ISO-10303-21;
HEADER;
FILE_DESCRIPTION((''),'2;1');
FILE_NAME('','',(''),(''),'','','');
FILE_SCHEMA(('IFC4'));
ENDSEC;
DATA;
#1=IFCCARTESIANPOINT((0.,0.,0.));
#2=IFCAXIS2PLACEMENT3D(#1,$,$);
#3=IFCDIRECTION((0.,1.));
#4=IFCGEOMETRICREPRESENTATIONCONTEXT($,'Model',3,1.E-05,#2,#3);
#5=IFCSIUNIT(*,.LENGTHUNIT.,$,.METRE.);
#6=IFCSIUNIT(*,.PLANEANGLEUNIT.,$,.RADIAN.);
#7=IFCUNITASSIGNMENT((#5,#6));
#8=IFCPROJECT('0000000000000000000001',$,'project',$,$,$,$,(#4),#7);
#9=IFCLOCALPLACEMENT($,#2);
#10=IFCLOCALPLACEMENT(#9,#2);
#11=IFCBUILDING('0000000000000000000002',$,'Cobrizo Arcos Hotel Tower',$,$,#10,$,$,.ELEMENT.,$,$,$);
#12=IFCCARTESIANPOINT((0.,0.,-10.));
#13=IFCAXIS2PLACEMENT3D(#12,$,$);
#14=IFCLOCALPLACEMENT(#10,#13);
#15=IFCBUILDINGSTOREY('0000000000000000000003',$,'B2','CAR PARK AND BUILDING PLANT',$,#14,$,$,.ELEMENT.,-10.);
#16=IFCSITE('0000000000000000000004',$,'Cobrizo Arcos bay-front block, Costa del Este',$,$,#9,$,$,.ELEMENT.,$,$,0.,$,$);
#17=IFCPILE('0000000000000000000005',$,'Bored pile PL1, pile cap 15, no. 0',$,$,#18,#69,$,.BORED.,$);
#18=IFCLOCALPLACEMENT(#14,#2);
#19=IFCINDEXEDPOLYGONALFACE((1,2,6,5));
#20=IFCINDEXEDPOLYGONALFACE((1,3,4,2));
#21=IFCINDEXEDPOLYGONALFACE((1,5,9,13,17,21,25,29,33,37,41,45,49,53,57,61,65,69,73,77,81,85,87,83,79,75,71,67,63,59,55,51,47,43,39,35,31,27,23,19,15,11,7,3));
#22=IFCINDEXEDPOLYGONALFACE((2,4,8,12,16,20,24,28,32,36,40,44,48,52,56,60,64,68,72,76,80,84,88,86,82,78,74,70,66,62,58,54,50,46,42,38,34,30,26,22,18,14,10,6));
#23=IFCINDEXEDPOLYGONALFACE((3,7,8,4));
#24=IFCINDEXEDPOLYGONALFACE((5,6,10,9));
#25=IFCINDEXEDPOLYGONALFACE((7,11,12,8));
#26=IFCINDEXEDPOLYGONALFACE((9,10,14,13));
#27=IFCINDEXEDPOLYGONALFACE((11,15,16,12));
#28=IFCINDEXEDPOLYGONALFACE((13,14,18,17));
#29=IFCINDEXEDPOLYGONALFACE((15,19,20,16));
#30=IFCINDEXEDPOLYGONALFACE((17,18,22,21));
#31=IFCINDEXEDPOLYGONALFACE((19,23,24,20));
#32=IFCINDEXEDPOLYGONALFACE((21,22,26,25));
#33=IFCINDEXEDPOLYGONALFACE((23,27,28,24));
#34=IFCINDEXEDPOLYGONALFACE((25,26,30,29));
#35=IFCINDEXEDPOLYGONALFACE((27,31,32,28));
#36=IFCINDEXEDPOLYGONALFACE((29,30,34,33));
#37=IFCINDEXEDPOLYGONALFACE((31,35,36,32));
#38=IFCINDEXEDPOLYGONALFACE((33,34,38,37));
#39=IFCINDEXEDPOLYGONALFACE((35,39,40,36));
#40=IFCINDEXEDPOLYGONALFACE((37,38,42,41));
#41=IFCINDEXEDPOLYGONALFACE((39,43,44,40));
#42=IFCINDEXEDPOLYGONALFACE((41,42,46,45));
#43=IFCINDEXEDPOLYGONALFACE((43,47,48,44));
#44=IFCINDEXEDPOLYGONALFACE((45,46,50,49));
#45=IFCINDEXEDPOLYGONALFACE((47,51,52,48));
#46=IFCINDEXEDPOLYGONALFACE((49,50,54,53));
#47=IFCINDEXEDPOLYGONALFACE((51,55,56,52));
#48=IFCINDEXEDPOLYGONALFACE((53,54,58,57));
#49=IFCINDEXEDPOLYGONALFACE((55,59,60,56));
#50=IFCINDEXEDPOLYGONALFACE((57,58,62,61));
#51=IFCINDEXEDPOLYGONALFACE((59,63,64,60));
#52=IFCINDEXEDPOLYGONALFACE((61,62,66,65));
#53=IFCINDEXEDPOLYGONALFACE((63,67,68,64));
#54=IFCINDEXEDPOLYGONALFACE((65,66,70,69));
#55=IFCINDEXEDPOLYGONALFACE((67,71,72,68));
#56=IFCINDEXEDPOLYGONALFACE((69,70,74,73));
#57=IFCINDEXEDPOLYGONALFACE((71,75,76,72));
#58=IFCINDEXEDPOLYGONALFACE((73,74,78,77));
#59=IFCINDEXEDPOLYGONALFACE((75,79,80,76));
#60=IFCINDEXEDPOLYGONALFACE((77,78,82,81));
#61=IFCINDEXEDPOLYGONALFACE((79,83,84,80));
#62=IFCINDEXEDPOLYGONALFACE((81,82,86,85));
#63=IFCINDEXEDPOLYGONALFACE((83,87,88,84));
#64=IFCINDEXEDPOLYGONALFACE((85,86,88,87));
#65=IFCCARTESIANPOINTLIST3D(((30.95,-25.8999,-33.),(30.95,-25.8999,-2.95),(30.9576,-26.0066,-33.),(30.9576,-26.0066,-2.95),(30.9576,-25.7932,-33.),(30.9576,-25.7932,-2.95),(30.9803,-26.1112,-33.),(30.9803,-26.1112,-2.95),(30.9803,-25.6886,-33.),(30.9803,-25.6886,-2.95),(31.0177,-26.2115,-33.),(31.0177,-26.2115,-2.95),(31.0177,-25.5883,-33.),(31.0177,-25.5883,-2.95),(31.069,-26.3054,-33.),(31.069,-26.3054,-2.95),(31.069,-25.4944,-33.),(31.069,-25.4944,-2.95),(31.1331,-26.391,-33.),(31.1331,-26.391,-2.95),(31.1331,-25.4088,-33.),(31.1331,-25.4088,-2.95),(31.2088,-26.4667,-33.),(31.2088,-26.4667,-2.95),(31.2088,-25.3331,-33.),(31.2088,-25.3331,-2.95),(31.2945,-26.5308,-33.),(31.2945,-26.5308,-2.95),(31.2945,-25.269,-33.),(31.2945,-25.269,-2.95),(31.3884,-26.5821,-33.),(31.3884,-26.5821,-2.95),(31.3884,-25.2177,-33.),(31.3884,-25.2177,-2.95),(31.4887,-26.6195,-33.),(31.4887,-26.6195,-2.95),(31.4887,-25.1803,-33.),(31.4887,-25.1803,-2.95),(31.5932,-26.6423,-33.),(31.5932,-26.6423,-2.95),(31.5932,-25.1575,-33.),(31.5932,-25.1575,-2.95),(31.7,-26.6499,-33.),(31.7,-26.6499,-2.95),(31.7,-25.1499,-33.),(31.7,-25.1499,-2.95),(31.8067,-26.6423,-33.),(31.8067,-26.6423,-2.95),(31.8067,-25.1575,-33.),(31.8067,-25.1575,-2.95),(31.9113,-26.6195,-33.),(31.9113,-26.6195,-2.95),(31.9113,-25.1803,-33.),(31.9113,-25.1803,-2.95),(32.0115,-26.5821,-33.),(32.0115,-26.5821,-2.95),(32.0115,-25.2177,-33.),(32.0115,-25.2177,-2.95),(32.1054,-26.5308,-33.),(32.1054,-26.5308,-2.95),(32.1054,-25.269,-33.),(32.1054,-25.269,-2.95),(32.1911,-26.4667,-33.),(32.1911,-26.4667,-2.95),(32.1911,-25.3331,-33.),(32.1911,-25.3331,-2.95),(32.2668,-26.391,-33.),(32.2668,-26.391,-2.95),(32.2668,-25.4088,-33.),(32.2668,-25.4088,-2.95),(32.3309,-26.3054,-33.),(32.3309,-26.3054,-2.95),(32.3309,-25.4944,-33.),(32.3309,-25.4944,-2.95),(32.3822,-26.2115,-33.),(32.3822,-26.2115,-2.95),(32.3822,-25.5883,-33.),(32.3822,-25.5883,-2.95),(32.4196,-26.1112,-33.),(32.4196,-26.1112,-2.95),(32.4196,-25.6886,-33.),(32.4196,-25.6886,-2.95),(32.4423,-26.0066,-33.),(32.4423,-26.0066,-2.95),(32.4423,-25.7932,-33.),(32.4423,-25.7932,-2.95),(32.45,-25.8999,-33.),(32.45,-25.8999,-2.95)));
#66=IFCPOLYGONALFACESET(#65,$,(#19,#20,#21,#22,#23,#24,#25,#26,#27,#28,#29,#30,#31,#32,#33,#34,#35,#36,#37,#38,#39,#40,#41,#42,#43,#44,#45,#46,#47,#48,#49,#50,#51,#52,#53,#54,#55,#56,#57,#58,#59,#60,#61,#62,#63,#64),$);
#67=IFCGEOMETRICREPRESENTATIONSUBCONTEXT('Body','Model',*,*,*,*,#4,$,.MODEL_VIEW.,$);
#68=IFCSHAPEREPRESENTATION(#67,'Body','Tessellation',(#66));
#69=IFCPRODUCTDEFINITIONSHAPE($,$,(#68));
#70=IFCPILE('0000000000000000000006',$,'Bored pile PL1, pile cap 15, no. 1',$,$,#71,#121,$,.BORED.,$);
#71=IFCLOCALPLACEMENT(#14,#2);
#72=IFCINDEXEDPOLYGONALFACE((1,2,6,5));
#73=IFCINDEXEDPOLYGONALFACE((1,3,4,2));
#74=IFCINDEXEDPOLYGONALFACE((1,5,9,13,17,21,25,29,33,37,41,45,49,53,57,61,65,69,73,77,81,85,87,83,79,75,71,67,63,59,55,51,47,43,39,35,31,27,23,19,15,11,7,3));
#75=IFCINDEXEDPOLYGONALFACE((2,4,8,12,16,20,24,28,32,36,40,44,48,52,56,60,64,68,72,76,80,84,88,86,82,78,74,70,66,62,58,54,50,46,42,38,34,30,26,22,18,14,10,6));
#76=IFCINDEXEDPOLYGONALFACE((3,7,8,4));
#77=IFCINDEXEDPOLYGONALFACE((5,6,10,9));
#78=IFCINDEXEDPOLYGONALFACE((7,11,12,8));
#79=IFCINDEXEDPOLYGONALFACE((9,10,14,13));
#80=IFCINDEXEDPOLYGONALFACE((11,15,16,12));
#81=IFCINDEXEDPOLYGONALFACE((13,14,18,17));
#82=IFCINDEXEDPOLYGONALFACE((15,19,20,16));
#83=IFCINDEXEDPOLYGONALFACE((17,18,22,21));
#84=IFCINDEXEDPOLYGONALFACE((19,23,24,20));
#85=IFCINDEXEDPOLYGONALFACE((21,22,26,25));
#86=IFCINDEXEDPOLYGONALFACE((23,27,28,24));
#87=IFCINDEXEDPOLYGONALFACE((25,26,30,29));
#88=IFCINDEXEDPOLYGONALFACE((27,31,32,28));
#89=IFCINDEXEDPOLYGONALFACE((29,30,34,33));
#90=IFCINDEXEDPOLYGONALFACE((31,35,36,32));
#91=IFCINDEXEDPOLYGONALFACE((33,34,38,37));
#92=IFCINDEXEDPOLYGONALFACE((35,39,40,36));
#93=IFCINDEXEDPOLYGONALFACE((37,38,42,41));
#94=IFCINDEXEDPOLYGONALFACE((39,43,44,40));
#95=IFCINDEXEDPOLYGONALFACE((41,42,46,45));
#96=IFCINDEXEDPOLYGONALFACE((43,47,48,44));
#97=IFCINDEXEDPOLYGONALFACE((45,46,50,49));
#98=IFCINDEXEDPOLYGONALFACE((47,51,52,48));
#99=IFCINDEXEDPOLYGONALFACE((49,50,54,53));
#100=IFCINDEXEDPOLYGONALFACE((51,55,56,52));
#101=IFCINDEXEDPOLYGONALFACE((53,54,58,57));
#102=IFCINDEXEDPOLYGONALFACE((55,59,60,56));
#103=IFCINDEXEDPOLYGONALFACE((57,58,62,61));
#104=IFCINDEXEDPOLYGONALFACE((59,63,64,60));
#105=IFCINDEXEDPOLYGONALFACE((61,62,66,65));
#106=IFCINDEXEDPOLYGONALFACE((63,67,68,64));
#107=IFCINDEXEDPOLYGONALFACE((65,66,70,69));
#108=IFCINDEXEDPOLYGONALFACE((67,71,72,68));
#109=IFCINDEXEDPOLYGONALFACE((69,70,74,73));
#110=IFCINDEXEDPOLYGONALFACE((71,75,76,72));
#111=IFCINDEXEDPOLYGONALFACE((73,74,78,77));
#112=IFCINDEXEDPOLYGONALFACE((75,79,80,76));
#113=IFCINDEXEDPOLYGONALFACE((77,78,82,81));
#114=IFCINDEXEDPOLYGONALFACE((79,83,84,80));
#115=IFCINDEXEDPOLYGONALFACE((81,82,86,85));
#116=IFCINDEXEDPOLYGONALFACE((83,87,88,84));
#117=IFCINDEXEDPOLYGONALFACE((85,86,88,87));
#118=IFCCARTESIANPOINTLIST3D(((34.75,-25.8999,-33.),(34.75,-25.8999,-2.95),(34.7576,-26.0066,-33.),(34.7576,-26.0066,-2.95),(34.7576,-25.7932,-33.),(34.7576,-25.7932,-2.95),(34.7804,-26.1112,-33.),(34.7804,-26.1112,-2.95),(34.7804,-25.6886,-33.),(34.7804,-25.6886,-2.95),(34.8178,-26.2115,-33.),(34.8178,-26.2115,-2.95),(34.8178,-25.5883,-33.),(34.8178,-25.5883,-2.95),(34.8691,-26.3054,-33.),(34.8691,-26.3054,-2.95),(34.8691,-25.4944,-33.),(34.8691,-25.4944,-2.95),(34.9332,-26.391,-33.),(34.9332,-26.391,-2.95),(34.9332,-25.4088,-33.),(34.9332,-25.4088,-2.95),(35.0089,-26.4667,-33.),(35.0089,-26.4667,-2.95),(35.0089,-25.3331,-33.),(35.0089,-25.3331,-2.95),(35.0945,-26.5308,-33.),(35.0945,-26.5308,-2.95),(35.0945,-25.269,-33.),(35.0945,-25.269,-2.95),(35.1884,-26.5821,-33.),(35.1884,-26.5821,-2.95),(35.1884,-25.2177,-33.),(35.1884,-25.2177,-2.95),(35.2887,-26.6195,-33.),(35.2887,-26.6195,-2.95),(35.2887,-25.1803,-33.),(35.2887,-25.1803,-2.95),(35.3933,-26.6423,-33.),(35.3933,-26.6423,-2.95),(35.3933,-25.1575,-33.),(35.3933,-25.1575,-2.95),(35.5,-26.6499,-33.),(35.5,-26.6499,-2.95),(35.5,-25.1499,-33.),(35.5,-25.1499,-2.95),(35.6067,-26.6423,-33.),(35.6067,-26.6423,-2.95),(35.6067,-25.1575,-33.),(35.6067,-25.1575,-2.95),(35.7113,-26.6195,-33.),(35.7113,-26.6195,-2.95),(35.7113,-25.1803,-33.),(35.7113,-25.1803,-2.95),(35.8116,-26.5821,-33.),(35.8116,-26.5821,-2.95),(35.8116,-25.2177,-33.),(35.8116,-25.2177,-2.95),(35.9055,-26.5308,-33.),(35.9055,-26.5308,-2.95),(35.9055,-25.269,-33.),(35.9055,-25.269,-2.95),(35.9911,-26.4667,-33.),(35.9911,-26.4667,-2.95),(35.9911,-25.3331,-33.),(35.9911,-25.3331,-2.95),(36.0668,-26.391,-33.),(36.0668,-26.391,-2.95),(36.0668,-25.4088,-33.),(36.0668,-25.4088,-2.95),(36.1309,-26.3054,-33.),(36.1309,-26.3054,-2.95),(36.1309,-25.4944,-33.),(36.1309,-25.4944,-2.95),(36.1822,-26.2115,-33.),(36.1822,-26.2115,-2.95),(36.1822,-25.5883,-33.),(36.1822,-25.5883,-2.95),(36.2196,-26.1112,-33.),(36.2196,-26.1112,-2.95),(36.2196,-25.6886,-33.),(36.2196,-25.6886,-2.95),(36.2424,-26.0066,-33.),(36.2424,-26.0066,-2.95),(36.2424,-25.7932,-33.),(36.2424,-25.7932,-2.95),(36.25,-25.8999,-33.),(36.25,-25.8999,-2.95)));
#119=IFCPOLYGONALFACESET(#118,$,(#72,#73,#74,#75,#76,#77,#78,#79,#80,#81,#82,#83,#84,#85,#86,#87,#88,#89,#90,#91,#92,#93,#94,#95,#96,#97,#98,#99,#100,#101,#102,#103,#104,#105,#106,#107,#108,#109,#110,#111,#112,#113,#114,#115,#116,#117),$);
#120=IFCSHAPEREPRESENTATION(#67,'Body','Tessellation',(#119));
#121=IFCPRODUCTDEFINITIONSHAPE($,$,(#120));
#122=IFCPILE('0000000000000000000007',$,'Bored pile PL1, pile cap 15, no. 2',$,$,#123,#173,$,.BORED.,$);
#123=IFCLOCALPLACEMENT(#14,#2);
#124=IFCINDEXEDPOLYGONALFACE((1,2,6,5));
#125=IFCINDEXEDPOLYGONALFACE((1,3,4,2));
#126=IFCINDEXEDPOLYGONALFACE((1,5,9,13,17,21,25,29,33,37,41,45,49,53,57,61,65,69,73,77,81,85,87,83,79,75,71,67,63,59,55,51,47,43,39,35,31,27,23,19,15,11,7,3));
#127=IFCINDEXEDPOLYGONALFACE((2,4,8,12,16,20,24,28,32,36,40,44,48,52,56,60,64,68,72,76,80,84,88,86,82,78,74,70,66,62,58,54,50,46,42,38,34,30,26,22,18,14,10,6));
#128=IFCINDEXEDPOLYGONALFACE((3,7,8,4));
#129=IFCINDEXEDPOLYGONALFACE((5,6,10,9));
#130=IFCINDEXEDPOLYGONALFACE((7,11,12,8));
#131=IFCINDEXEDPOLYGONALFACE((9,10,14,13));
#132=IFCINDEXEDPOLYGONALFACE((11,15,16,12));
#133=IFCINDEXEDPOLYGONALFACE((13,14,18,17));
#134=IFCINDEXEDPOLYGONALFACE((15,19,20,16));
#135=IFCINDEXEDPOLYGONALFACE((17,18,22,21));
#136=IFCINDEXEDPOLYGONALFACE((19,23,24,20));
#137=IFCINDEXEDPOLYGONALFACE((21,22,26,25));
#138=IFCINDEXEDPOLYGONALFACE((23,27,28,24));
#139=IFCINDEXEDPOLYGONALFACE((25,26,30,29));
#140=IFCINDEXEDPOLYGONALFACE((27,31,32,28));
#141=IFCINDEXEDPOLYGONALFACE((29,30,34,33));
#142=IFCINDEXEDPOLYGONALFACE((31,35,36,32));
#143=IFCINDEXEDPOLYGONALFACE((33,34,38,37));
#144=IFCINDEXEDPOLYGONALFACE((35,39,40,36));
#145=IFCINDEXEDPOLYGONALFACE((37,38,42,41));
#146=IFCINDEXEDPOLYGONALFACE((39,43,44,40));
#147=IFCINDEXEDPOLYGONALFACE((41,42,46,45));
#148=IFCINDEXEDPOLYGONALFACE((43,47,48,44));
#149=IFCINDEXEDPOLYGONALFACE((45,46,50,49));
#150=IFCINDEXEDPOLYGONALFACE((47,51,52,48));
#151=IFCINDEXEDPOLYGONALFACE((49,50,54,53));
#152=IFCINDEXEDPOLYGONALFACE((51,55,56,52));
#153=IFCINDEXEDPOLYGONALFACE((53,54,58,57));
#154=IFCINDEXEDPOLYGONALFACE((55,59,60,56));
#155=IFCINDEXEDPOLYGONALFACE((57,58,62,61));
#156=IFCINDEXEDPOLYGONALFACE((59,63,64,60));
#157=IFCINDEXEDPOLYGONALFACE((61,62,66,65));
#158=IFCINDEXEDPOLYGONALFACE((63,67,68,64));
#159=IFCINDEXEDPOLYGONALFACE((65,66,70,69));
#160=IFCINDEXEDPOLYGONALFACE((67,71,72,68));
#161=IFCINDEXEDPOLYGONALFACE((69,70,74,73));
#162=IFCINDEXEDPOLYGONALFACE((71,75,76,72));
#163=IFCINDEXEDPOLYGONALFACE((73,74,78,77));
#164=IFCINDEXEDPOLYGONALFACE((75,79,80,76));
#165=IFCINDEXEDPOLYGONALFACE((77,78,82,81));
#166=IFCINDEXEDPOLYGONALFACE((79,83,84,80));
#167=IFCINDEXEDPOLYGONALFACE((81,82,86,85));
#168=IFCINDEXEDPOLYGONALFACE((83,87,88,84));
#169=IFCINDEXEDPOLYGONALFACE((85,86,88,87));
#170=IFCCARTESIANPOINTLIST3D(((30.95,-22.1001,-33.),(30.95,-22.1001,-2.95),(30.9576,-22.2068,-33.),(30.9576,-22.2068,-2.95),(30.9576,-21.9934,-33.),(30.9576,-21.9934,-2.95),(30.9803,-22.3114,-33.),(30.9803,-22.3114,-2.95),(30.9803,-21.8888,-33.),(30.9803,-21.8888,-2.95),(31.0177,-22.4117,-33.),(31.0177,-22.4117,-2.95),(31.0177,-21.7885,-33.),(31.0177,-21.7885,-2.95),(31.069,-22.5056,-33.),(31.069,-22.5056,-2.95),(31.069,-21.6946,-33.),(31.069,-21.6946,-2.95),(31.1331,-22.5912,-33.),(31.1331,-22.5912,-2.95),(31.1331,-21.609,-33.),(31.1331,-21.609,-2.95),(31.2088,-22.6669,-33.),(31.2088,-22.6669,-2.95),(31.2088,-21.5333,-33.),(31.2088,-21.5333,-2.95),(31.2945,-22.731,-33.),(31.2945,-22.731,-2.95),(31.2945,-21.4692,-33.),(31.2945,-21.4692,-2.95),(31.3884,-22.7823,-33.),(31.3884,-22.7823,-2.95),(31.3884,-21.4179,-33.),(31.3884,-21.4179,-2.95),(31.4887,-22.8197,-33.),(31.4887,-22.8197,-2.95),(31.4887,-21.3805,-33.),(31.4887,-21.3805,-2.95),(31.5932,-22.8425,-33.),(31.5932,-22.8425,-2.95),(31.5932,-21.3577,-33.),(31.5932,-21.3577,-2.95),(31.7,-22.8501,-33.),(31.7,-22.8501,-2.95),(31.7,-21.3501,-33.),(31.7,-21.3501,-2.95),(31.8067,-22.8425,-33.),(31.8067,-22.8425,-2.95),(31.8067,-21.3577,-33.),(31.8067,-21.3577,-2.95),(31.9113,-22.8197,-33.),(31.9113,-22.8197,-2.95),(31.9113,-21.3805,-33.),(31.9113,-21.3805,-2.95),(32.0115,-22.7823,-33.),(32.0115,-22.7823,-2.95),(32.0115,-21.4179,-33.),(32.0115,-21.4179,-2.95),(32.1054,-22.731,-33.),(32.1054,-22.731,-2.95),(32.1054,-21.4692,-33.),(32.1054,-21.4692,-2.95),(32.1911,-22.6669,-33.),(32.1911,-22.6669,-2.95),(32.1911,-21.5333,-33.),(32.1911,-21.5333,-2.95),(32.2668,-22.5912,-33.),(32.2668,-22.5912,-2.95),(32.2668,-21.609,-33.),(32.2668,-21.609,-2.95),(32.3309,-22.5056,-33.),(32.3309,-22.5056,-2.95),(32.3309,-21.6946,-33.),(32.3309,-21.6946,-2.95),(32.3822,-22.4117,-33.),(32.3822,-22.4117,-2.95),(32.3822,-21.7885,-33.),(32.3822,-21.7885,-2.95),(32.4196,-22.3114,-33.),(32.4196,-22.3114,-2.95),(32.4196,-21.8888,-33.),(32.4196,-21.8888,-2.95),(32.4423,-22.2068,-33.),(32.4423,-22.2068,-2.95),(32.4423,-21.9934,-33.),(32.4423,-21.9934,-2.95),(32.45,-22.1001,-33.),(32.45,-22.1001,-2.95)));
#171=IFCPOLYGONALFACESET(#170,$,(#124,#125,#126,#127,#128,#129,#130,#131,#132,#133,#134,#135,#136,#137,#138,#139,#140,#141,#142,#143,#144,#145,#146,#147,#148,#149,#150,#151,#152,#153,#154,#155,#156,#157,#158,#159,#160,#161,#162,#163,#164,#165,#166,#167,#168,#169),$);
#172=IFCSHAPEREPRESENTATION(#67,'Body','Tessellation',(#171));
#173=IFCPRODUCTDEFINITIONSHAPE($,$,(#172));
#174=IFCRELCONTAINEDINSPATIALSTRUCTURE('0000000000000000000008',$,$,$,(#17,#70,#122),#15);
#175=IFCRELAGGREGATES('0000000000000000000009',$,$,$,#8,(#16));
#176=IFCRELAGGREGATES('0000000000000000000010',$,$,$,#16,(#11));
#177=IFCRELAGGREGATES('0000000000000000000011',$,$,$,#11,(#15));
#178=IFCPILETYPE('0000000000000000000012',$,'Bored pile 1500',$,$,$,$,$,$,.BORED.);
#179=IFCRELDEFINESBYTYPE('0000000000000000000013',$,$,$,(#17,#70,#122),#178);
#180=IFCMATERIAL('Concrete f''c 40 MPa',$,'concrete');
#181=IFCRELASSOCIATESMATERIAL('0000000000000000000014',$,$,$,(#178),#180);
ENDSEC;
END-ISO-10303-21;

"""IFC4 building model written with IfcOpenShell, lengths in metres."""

from ifc_helpers import new_model, si_unit, direction, frame, origin, origin_2d, place, context, subcontext, project, spatial, circle, extrude, material, material_profile, profile_set, type_object, element, save


model = new_model("IFC4")

# Units and contexts
model_context = context("Model", 3, precision=1e-05, world=origin(), true_north=direction((0.0, 1.0)))
body_context = subcontext(model_context, "Body", "Model", "MODEL_VIEW")
ifc_project = project(units=[si_unit("LENGTHUNIT", "METRE"), si_unit("PLANEANGLEUNIT", "RADIAN")], contexts=[model_context])

# Site, building, storey
site_placement = place(None, origin())
site = spatial("IfcSite", under=ifc_project, at=site_placement, Name="Cobrizo Arcos bay-front block, Costa del Este", CompositionType="ELEMENT", RefElevation=0.0)
building_placement = place(site_placement, origin())
building = spatial("IfcBuilding", under=site, at=building_placement, Name="Cobrizo Arcos Hotel Tower", CompositionType="ELEMENT")
storey_placement = place(building_placement, frame((0.0, 0.0, -10.0)))
storey = spatial("IfcBuildingStorey", under=building, at=storey_placement, Name="B2", Description="CAR PARK AND BUILDING PLANT", CompositionType="ELEMENT", Elevation=-10.0)

# Piles
ifc_material_1 = material(Name="Concrete f'c 40 MPa", Category="concrete")
ifc_material_profile_1 = material_profile(ifc_material_1, circle(Radius=0.75, at=origin_2d()), Name="BORED PILE 1500")
ifc_profile_set_1 = profile_set([ifc_material_profile_1], Name="Concrete f'c 40 MPa")
pile_type = type_object("IfcPileType", Name="Bored pile 1500", PredefinedType="BORED", material=ifc_profile_set_1)
for number, where, z_axis, x_axis, name in (
    (1, (31.7, -25.8999, -2.95), (0.0, 0.0, -1.0), (1.0, 0.0, 0.0), "Bored pile PL1, pile cap 15, no. 0"),
    (2, (35.5, -25.8999, -2.95), (0.0, 0.0, -1.0), (1.0, 0.0, 0.0), "Bored pile PL1, pile cap 15, no. 1"),
    (3, (31.7, -22.1001, -2.95), (0.0, 0.0, -1.0), (1.0, 0.0, 0.0), "Bored pile PL1, pile cap 15, no. 2"),
):
    element("IfcPile", number, at=place(storey_placement, frame(where, z_axis=z_axis, x_axis=x_axis)), inside=storey, type_object=pile_type, Name=name, PredefinedType="BORED", context=body_context, shape_type="SweptSolid", body=[
        extrude(circle(Radius=0.75, at=origin_2d()), origin(), (0.0, 0.0, 1.0), 30.05),
    ])

save(model, "model.ifc")
